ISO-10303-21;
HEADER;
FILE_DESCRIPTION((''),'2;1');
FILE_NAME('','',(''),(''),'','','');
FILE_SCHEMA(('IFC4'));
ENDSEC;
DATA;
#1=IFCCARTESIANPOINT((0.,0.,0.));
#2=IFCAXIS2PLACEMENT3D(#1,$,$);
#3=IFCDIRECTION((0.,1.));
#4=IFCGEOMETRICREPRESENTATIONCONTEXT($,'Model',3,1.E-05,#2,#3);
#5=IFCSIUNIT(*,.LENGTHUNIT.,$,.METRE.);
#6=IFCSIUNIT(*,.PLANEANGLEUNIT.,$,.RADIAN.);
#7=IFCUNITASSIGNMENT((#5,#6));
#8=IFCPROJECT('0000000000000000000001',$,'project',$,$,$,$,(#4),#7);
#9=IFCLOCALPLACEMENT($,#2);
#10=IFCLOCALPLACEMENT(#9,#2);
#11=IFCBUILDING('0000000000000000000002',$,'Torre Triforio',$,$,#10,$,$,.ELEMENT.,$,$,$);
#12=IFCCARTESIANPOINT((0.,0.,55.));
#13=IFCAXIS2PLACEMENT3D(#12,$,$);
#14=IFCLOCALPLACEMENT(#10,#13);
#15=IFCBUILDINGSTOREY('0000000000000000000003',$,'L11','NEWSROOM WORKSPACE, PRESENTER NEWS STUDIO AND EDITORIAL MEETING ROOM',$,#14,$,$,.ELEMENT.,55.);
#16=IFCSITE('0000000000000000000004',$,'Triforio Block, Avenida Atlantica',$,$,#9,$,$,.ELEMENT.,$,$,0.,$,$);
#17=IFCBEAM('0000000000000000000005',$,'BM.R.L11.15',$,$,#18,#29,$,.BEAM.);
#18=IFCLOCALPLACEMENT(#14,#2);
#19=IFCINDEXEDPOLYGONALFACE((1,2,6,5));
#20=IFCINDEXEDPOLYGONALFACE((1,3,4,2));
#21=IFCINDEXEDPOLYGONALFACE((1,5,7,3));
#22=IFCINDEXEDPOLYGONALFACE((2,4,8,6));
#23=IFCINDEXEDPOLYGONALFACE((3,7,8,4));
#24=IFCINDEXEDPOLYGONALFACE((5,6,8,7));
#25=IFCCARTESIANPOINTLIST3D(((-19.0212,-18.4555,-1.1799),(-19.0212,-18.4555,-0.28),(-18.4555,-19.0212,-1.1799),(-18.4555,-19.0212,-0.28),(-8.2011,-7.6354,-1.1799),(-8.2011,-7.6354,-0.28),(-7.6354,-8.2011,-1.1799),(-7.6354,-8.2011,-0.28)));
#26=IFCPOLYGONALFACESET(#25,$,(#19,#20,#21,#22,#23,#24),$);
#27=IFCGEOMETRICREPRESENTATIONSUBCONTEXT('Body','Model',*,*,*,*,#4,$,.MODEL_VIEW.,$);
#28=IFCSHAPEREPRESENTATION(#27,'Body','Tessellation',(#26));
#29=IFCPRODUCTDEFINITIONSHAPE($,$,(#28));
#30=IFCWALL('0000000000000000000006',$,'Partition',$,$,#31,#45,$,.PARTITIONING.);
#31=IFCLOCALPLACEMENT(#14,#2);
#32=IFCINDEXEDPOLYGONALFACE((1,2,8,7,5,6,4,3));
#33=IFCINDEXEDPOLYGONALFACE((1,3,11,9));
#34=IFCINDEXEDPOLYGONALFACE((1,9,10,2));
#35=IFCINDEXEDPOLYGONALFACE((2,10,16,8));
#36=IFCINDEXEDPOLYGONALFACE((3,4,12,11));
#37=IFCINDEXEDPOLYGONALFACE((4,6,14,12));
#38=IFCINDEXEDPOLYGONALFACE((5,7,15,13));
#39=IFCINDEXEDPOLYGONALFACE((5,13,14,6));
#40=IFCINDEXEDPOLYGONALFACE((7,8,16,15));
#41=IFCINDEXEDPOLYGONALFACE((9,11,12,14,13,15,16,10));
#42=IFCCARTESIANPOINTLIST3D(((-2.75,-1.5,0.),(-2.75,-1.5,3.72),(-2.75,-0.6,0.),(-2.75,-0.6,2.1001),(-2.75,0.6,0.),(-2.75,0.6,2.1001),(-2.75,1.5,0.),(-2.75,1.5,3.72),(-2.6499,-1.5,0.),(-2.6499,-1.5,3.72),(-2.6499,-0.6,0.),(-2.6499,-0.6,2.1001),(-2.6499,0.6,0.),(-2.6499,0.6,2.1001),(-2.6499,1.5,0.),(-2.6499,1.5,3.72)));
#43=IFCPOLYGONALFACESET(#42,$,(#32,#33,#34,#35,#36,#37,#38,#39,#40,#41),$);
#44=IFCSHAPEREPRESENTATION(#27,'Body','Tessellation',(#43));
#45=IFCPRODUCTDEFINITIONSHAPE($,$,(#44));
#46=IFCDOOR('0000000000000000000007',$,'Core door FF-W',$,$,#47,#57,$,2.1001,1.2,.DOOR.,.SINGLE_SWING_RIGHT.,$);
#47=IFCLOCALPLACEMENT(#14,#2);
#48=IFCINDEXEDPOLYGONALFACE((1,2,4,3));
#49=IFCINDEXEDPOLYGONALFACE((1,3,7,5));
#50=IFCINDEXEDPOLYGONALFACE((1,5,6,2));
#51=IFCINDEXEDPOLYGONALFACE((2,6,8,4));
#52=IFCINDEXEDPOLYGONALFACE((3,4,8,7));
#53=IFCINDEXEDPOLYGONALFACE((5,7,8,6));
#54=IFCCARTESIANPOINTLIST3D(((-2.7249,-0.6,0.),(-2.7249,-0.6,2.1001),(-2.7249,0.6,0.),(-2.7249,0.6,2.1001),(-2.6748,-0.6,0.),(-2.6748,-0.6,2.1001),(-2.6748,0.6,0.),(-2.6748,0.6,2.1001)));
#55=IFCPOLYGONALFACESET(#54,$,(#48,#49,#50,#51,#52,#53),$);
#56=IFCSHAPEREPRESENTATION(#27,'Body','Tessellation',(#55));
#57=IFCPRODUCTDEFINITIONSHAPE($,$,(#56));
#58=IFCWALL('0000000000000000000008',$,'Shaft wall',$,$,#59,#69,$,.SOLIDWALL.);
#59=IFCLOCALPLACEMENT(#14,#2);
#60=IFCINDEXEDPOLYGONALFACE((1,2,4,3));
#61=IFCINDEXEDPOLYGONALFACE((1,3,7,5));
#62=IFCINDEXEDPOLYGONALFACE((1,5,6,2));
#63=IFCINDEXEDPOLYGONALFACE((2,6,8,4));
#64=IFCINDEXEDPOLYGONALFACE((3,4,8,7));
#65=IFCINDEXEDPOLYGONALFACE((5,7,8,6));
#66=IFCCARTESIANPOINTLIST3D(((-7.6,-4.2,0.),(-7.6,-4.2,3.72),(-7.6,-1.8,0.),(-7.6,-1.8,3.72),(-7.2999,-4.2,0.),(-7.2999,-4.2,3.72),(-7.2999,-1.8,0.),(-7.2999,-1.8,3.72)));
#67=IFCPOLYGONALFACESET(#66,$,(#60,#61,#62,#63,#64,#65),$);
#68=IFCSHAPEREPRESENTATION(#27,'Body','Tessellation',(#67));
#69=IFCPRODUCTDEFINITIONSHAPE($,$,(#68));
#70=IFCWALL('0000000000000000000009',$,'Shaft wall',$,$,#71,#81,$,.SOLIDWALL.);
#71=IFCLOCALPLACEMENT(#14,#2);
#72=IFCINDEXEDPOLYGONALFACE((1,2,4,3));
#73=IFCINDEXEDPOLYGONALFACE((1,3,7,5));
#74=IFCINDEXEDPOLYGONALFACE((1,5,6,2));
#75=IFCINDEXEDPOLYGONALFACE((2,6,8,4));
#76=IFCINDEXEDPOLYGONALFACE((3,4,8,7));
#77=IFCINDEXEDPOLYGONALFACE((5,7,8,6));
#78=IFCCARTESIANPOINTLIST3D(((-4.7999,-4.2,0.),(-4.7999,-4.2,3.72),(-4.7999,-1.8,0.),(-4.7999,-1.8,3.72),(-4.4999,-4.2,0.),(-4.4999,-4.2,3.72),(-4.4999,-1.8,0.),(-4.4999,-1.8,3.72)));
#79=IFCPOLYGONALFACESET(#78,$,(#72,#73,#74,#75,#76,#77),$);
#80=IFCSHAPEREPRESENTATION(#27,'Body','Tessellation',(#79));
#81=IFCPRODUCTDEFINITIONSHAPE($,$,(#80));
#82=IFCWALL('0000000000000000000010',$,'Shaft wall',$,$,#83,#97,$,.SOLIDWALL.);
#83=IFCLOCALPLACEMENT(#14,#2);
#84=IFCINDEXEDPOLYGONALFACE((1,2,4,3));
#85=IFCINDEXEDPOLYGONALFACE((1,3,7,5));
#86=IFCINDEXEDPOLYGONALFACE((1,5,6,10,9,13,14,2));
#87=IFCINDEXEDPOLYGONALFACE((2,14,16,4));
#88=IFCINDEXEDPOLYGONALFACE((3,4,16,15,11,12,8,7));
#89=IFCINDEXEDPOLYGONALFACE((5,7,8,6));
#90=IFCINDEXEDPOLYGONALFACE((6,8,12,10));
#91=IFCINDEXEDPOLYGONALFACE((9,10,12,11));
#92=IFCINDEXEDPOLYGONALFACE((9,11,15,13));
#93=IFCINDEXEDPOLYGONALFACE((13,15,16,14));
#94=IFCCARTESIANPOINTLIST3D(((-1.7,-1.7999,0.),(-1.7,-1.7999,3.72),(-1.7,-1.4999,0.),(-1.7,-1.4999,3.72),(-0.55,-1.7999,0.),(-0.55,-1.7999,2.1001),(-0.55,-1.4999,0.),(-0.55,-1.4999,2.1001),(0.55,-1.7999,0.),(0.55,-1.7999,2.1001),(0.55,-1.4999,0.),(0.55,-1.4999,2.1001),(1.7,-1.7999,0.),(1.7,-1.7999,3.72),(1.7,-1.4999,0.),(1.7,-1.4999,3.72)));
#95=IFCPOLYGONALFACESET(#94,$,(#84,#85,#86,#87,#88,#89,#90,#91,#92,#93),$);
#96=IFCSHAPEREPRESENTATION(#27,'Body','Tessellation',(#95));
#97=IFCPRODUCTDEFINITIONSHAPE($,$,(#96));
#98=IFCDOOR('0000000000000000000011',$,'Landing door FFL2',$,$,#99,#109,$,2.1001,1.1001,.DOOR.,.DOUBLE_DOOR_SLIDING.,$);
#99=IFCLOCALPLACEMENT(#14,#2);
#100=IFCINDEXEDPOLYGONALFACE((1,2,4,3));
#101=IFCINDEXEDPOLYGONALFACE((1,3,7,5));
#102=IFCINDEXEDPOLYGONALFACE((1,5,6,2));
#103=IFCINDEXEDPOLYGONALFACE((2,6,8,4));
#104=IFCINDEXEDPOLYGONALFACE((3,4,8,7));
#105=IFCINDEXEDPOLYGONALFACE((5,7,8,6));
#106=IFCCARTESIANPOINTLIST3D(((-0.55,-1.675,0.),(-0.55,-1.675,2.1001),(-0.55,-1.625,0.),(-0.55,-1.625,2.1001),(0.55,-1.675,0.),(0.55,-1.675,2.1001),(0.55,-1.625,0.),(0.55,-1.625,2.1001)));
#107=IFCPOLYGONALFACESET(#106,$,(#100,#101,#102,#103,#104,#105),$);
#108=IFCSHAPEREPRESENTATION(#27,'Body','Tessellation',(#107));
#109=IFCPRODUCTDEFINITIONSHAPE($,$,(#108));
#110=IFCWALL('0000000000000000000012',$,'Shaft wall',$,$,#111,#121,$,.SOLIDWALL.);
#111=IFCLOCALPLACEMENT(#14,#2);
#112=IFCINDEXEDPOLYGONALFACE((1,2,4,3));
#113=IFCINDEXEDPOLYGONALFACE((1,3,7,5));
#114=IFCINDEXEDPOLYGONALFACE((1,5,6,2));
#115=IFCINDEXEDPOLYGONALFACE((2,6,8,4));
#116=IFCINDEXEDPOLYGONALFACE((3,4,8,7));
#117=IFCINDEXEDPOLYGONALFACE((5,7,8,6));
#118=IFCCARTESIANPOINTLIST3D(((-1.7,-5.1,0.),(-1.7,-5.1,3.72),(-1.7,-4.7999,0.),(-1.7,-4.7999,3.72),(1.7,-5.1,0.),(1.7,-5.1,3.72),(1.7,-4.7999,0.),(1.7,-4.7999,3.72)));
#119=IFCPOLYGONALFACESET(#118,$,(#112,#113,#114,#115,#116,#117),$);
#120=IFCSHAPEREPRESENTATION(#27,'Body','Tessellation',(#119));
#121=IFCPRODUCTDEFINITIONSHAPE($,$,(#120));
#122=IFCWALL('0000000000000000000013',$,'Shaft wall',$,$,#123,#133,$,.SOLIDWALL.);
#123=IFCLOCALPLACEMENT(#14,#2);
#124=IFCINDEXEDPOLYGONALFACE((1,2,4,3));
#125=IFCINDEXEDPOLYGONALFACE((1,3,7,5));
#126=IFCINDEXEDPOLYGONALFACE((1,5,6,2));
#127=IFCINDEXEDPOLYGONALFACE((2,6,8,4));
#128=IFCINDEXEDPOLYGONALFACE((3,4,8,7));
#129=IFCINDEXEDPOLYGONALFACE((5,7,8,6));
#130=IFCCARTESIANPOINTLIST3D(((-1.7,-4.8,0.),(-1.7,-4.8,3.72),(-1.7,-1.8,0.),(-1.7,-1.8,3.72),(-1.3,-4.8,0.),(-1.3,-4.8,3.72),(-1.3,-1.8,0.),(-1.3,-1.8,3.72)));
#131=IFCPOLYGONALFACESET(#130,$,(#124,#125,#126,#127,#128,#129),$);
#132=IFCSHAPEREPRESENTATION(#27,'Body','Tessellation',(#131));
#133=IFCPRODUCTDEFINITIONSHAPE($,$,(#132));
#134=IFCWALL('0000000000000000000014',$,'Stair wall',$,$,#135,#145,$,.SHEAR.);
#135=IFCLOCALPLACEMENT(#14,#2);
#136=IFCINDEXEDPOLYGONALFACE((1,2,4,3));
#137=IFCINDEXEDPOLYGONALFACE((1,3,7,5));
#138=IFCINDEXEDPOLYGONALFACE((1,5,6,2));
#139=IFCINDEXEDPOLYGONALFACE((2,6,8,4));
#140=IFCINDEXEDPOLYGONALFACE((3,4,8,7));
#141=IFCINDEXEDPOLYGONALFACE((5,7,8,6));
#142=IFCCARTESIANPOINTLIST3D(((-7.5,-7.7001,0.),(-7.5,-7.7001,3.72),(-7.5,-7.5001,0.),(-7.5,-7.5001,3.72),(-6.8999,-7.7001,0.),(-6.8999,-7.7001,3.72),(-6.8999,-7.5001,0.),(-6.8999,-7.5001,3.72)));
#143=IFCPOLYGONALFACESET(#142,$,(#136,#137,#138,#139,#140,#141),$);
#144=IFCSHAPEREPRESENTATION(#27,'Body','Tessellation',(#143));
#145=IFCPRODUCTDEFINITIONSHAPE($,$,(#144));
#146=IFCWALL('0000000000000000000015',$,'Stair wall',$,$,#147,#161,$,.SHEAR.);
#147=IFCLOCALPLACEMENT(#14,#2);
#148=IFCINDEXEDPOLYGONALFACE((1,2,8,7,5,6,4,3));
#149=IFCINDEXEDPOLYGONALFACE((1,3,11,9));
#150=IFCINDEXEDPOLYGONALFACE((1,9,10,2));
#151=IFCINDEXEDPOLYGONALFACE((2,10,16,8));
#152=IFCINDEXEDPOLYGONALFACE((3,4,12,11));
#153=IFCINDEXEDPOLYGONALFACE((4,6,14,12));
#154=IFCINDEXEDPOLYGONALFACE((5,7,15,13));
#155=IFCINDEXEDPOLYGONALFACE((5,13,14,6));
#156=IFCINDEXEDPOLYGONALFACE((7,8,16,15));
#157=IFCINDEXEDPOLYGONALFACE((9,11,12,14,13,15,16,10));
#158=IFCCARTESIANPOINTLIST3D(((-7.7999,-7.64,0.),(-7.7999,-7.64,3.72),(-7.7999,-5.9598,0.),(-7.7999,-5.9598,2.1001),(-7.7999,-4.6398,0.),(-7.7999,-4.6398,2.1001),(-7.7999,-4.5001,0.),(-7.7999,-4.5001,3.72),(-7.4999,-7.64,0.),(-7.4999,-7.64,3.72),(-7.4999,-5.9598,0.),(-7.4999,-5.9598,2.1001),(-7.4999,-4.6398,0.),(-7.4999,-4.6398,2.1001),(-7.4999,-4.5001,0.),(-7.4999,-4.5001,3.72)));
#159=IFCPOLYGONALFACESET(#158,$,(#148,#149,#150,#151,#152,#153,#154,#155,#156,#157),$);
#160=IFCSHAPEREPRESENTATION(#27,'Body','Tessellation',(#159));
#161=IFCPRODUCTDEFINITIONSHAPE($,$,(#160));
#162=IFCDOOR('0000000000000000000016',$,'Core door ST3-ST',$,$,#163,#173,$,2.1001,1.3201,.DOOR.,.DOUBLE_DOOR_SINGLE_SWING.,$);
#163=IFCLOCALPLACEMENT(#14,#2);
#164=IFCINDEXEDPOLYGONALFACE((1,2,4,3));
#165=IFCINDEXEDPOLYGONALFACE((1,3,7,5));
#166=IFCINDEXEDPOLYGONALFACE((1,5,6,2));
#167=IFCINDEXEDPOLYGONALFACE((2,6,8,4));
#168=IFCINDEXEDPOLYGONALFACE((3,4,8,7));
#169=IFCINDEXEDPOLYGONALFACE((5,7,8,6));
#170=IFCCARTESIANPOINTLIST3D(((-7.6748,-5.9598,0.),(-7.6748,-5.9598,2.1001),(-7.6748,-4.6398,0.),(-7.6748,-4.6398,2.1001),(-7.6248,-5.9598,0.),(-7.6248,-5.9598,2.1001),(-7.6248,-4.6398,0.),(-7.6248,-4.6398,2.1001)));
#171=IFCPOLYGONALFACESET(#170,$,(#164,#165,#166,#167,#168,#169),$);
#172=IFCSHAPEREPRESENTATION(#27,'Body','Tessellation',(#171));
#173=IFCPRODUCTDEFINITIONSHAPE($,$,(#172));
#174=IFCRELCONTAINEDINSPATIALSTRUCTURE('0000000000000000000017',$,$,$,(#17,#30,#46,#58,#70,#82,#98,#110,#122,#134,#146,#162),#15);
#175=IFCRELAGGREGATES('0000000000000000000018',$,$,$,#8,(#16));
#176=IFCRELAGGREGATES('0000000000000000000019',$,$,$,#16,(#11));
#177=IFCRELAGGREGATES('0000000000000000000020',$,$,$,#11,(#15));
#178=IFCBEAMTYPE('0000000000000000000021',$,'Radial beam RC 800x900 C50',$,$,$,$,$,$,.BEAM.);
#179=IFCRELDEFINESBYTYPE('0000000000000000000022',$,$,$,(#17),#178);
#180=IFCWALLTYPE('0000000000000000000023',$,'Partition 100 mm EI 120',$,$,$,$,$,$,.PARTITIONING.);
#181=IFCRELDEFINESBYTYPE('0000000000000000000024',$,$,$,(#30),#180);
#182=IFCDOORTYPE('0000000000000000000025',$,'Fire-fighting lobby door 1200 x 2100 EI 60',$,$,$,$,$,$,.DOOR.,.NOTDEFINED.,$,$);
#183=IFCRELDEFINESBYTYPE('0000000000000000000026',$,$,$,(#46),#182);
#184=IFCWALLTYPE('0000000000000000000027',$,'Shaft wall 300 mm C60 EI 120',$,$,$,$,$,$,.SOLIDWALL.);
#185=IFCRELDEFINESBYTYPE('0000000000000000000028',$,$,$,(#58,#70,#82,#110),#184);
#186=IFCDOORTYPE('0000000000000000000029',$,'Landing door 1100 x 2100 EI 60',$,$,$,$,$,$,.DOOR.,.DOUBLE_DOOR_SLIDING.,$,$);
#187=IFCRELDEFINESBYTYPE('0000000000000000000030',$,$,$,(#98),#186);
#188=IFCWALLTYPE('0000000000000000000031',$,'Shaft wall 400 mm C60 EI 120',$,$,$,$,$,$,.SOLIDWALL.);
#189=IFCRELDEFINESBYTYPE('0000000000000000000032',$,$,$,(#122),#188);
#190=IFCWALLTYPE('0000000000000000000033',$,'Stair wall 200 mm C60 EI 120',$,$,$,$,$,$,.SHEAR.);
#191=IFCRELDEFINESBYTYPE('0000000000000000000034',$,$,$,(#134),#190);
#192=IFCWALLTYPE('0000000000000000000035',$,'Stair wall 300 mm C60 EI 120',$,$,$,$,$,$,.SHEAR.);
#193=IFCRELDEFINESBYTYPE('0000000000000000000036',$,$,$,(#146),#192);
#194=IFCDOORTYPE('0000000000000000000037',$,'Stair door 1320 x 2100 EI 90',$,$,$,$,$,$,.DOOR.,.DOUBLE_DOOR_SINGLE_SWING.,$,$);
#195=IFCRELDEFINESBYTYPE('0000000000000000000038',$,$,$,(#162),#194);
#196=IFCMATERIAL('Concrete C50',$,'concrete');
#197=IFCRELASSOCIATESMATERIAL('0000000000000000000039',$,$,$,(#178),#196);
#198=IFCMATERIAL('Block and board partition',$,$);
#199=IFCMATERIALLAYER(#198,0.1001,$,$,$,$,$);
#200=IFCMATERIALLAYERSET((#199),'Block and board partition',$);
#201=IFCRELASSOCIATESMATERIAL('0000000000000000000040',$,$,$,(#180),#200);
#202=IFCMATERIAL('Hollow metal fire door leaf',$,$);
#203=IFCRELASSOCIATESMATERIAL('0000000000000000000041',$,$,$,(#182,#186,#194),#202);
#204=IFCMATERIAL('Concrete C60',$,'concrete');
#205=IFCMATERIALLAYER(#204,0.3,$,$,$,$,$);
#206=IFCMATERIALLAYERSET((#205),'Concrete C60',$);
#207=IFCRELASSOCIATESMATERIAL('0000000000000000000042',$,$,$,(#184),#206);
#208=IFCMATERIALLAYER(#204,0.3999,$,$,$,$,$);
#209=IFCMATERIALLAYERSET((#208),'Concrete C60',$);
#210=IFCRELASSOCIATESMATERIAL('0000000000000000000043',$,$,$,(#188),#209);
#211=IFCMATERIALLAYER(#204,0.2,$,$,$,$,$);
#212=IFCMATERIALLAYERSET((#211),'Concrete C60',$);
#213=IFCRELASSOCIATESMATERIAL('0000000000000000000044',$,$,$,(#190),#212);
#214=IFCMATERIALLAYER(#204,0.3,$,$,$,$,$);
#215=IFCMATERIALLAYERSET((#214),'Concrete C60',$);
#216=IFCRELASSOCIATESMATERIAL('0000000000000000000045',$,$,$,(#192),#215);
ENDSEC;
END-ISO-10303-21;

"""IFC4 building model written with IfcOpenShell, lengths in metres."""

from ifc_helpers import new_model, si_unit, direction, frame, frame_2d, origin, origin_2d, place, context, subcontext, project, spatial, rectangle, extrude, material, layer, layer_set, material_profile, profile_set, type_object, element, fill, save


model = new_model("IFC4")

# Units and contexts
model_context = context("Model", 3, precision=1e-05, world=origin(), true_north=direction((0.0, 1.0)))
body_context = subcontext(model_context, "Body", "Model", "MODEL_VIEW")
ifc_project = project(units=[si_unit("LENGTHUNIT", "METRE"), si_unit("PLANEANGLEUNIT", "RADIAN")], contexts=[model_context])

# Site, building, storey
site_placement = place(None, origin())
site = spatial("IfcSite", under=ifc_project, at=site_placement, Name="Triforio Block, Avenida Atlantica", CompositionType="ELEMENT", RefElevation=0.0)
building_placement = place(site_placement, origin())
building = spatial("IfcBuilding", under=site, at=building_placement, Name="Torre Triforio", CompositionType="ELEMENT")
storey_placement = place(building_placement, frame((0.0, 0.0, 55.0)))
storey = spatial("IfcBuildingStorey", under=building, at=storey_placement, Name="L11", Description="NEWSROOM WORKSPACE, PRESENTER NEWS STUDIO AND EDITORIAL MEETING ROOM", CompositionType="ELEMENT", Elevation=55.0)

# Beam
ifc_material_1 = material(Name="Concrete C50", Category="concrete")
ifc_material_profile = material_profile(ifc_material_1, rectangle(XDim=0.8, YDim=0.8999, at=origin_2d()), Name="RC 800x900")
ifc_profile_set = profile_set([ifc_material_profile], Name="Concrete C50")
beam_type = type_object("IfcBeamType", Name="Radial beam RC 800x900 C50", PredefinedType="BEAM", material=ifc_profile_set)
beam_placement = place(storey_placement, frame((-7.9182, -7.9182, -0.73), z_axis=(-0.707107, -0.707107, 0.0), x_axis=(0.707107, -0.707107, 0.0)))
element("IfcBeam", 1, at=beam_placement, inside=storey, type_object=beam_type, Name="BM.R.L11.15", PredefinedType="BEAM", context=body_context, shape_type="SweptSolid", body=[
    extrude(rectangle(XDim=0.8, YDim=0.8999, at=origin_2d()), origin(), (0.0, 0.0, 1.0), 15.302),
])

# Wall, opening, door
ifc_material_2 = material(Name="Block and board partition")
ifc_layer_1 = layer(ifc_material_2, 0.1001)
ifc_layer_set_1 = layer_set([ifc_layer_1], Name="Block and board partition")
wall_type_1 = type_object("IfcWallType", Name="Partition 100 mm EI 120", PredefinedType="PARTITIONING", material=ifc_layer_set_1)
wall_1_placement = place(storey_placement, frame((-2.7, -1.5, 0.0), z_axis=(0.0, 0.0, 1.0), x_axis=(0.0, 1.0, 0.0)))
wall_1 = element("IfcWall", 2, at=wall_1_placement, inside=storey, type_object=wall_type_1, Name="Partition", PredefinedType="PARTITIONING", context=body_context, shape_type="SweptSolid", body=[
    extrude(rectangle(XDim=3.0, YDim=0.1001, at=frame_2d((1.5, 0.0))), origin(), (0.0, 0.0, 1.0), 3.72),
])
opening_1_placement = place(wall_1_placement, frame((0.8999, 0.0, 0.0)))
opening_1 = element("IfcOpeningElement", 3, at=opening_1_placement, cuts=wall_1, PredefinedType="OPENING", context=body_context, shape_type="SweptSolid", body=[
    extrude(rectangle(XDim=1.2, YDim=2.1001, at=frame_2d((0.6001, 1.05))), frame((0.0, 0.0601, 0.0), z_axis=(0.0, -1.0, 0.0), x_axis=(1.0, 0.0, 0.0)), (0.0, 0.0, 1.0), 0.1201),
])
ifc_material_3 = material(Name="Hollow metal fire door leaf")
door_type_1 = type_object("IfcDoorType", Name="Fire-fighting lobby door 1200 x 2100 EI 60", OperationType="NOTDEFINED", PredefinedType="DOOR", material=ifc_material_3)
door_1_placement = place(opening_1_placement, origin())
door_1 = element("IfcDoor", 4, at=door_1_placement, inside=storey, type_object=door_type_1, Name="Core door FF-W", OperationType="SINGLE_SWING_RIGHT", OverallHeight=2.1001, OverallWidth=1.2, PredefinedType="DOOR", context=body_context, shape_type="SweptSolid", body=[
    extrude(rectangle(XDim=1.2, YDim=2.1001, at=frame_2d((0.6001, 1.05))), frame((0.0, 0.0249, 0.0), z_axis=(0.0, -1.0, 0.0), x_axis=(1.0, 0.0, 0.0)), (0.0, 0.0, 1.0), 0.05),
])
fill(opening_1, door_1)

# Walls
ifc_material_4 = material(Name="Concrete C60", Category="concrete")
ifc_layer_2 = layer(ifc_material_4, 0.3)
ifc_layer_set_2 = layer_set([ifc_layer_2], Name="Concrete C60")
wall_type_2 = type_object("IfcWallType", Name="Shaft wall 300 mm C60 EI 120", PredefinedType="SOLIDWALL", material=ifc_layer_set_2)
for number, where, z_axis, x_axis, name in (
    (5, (-7.45, -4.2, 0.0), (0.0, 0.0, 1.0), (0.0, 1.0, 0.0), "Shaft wall"),
    (6, (-4.6499, -4.2, 0.0), (0.0, 0.0, 1.0), (0.0, 1.0, 0.0), "Shaft wall"),
):
    element("IfcWall", number, at=place(storey_placement, frame(where, z_axis=z_axis, x_axis=x_axis)), inside=storey, type_object=wall_type_2, Name=name, PredefinedType="SOLIDWALL", context=body_context, shape_type="SweptSolid", body=[
        extrude(rectangle(XDim=2.3999, YDim=0.3, at=frame_2d((1.2, 0.0))), origin(), (0.0, 0.0, 1.0), 3.72),
    ])

# Wall, opening, door
wall_2_placement = place(storey_placement, frame((-1.7, -1.6499, 0.0), z_axis=(0.0, 0.0, 1.0), x_axis=(1.0, 0.0, 0.0)))
wall_2 = element("IfcWall", 7, at=wall_2_placement, inside=storey, type_object=wall_type_2, Name="Shaft wall", PredefinedType="SOLIDWALL", context=body_context, shape_type="SweptSolid", body=[
    extrude(rectangle(XDim=3.3999, YDim=0.3, at=frame_2d((1.7, 0.0))), origin(), (0.0, 0.0, 1.0), 3.72),
])
opening_2_placement = place(wall_2_placement, frame((1.1499, 0.0, 0.0)))
opening_2 = element("IfcOpeningElement", 8, at=opening_2_placement, cuts=wall_2, PredefinedType="OPENING", context=body_context, shape_type="SweptSolid", body=[
    extrude(rectangle(XDim=1.1001, YDim=2.1001, at=frame_2d((0.55, 1.05))), frame((0.0, 0.1599, 0.0), z_axis=(0.0, -1.0, 0.0), x_axis=(1.0, 0.0, 0.0)), (0.0, 0.0, 1.0), 0.3201),
])
door_type_2 = type_object("IfcDoorType", Name="Landing door 1100 x 2100 EI 60", OperationType="DOUBLE_DOOR_SLIDING", PredefinedType="DOOR", material=ifc_material_3)
door_2_placement = place(opening_2_placement, origin())
door_2 = element("IfcDoor", 9, at=door_2_placement, inside=storey, type_object=door_type_2, Name="Landing door FFL2", OperationType="DOUBLE_DOOR_SLIDING", OverallHeight=2.1001, OverallWidth=1.1001, PredefinedType="DOOR", context=body_context, shape_type="SweptSolid", body=[
    extrude(rectangle(XDim=1.1001, YDim=2.1001, at=frame_2d((0.55, 1.05))), frame((0.0, 0.0249, 0.0), z_axis=(0.0, -1.0, 0.0), x_axis=(1.0, 0.0, 0.0)), (0.0, 0.0, 1.0), 0.05),
])
fill(opening_2, door_2)

# Walls
wall_3_placement = place(storey_placement, frame((-1.7, -4.95, 0.0), z_axis=(0.0, 0.0, 1.0), x_axis=(1.0, 0.0, 0.0)))
element("IfcWall", 10, at=wall_3_placement, inside=storey, type_object=wall_type_2, Name="Shaft wall", PredefinedType="SOLIDWALL", context=body_context, shape_type="SweptSolid", body=[
    extrude(rectangle(XDim=3.3999, YDim=0.3, at=frame_2d((1.7, 0.0))), origin(), (0.0, 0.0, 1.0), 3.72),
])
ifc_layer_3 = layer(ifc_material_4, 0.3999)
ifc_layer_set_3 = layer_set([ifc_layer_3], Name="Concrete C60")
wall_type_3 = type_object("IfcWallType", Name="Shaft wall 400 mm C60 EI 120", PredefinedType="SOLIDWALL", material=ifc_layer_set_3)
wall_4_placement = place(storey_placement, frame((-1.5, -4.8, 0.0), z_axis=(0.0, 0.0, 1.0), x_axis=(0.0, 1.0, 0.0)))
element("IfcWall", 11, at=wall_4_placement, inside=storey, type_object=wall_type_3, Name="Shaft wall", PredefinedType="SOLIDWALL", context=body_context, shape_type="SweptSolid", body=[
    extrude(rectangle(XDim=3.0, YDim=0.3999, at=frame_2d((1.5, 0.0))), origin(), (0.0, 0.0, 1.0), 3.72),
])
ifc_layer_4 = layer(ifc_material_4, 0.2)
ifc_layer_set_4 = layer_set([ifc_layer_4], Name="Concrete C60")
wall_type_4 = type_object("IfcWallType", Name="Stair wall 200 mm C60 EI 120", PredefinedType="SHEAR", material=ifc_layer_set_4)
wall_5_placement = place(storey_placement, frame((-7.5, -7.6001, 0.0), z_axis=(0.0, 0.0, 1.0), x_axis=(1.0, 0.0, 0.0)))
element("IfcWall", 12, at=wall_5_placement, inside=storey, type_object=wall_type_4, Name="Stair wall", PredefinedType="SHEAR", context=body_context, shape_type="SweptSolid", body=[
    extrude(rectangle(XDim=0.6001, YDim=0.2, at=frame_2d((0.3, 0.0))), origin(), (0.0, 0.0, 1.0), 3.72),
])

# Wall, opening, door
ifc_layer_5 = layer(ifc_material_4, 0.3)
ifc_layer_set_5 = layer_set([ifc_layer_5], Name="Concrete C60")
wall_type_5 = type_object("IfcWallType", Name="Stair wall 300 mm C60 EI 120", PredefinedType="SHEAR", material=ifc_layer_set_5)
wall_6_placement = place(storey_placement, frame((-7.6499, -7.6399, 0.0), z_axis=(0.0, 0.0, 1.0), x_axis=(0.0, 1.0, 0.0)))
wall_6 = element("IfcWall", 13, at=wall_6_placement, inside=storey, type_object=wall_type_5, Name="Stair wall", PredefinedType="SHEAR", context=body_context, shape_type="SweptSolid", body=[
    extrude(rectangle(XDim=3.1399, YDim=0.3, at=frame_2d((1.5698, 0.0))), origin(), (0.0, 0.0, 1.0), 3.72),
])
opening_3_placement = place(wall_6_placement, frame((1.6799, 0.0, 0.0)))
opening_3 = element("IfcOpeningElement", 14, at=opening_3_placement, cuts=wall_6, PredefinedType="OPENING", context=body_context, shape_type="SweptSolid", body=[
    extrude(rectangle(XDim=1.3201, YDim=2.1001, at=frame_2d((0.6602, 1.05))), frame((0.0, 0.1599, 0.0), z_axis=(0.0, -1.0, 0.0), x_axis=(1.0, 0.0, 0.0)), (0.0, 0.0, 1.0), 0.3201),
])
door_type_3 = type_object("IfcDoorType", Name="Stair door 1320 x 2100 EI 90", OperationType="DOUBLE_DOOR_SINGLE_SWING", PredefinedType="DOOR", material=ifc_material_3)
door_3_placement = place(opening_3_placement, origin())
door_3 = element("IfcDoor", 15, at=door_3_placement, inside=storey, type_object=door_type_3, Name="Core door ST3-ST", OperationType="DOUBLE_DOOR_SINGLE_SWING", OverallHeight=2.1001, OverallWidth=1.3201, PredefinedType="DOOR", context=body_context, shape_type="SweptSolid", body=[
    extrude(rectangle(XDim=1.3201, YDim=2.1001, at=frame_2d((0.6602, 1.05))), frame((0.0, 0.0249, 0.0), z_axis=(0.0, -1.0, 0.0), x_axis=(1.0, 0.0, 0.0)), (0.0, 0.0, 1.0), 0.05),
])
fill(opening_3, door_3)

save(model, "model.ifc")
